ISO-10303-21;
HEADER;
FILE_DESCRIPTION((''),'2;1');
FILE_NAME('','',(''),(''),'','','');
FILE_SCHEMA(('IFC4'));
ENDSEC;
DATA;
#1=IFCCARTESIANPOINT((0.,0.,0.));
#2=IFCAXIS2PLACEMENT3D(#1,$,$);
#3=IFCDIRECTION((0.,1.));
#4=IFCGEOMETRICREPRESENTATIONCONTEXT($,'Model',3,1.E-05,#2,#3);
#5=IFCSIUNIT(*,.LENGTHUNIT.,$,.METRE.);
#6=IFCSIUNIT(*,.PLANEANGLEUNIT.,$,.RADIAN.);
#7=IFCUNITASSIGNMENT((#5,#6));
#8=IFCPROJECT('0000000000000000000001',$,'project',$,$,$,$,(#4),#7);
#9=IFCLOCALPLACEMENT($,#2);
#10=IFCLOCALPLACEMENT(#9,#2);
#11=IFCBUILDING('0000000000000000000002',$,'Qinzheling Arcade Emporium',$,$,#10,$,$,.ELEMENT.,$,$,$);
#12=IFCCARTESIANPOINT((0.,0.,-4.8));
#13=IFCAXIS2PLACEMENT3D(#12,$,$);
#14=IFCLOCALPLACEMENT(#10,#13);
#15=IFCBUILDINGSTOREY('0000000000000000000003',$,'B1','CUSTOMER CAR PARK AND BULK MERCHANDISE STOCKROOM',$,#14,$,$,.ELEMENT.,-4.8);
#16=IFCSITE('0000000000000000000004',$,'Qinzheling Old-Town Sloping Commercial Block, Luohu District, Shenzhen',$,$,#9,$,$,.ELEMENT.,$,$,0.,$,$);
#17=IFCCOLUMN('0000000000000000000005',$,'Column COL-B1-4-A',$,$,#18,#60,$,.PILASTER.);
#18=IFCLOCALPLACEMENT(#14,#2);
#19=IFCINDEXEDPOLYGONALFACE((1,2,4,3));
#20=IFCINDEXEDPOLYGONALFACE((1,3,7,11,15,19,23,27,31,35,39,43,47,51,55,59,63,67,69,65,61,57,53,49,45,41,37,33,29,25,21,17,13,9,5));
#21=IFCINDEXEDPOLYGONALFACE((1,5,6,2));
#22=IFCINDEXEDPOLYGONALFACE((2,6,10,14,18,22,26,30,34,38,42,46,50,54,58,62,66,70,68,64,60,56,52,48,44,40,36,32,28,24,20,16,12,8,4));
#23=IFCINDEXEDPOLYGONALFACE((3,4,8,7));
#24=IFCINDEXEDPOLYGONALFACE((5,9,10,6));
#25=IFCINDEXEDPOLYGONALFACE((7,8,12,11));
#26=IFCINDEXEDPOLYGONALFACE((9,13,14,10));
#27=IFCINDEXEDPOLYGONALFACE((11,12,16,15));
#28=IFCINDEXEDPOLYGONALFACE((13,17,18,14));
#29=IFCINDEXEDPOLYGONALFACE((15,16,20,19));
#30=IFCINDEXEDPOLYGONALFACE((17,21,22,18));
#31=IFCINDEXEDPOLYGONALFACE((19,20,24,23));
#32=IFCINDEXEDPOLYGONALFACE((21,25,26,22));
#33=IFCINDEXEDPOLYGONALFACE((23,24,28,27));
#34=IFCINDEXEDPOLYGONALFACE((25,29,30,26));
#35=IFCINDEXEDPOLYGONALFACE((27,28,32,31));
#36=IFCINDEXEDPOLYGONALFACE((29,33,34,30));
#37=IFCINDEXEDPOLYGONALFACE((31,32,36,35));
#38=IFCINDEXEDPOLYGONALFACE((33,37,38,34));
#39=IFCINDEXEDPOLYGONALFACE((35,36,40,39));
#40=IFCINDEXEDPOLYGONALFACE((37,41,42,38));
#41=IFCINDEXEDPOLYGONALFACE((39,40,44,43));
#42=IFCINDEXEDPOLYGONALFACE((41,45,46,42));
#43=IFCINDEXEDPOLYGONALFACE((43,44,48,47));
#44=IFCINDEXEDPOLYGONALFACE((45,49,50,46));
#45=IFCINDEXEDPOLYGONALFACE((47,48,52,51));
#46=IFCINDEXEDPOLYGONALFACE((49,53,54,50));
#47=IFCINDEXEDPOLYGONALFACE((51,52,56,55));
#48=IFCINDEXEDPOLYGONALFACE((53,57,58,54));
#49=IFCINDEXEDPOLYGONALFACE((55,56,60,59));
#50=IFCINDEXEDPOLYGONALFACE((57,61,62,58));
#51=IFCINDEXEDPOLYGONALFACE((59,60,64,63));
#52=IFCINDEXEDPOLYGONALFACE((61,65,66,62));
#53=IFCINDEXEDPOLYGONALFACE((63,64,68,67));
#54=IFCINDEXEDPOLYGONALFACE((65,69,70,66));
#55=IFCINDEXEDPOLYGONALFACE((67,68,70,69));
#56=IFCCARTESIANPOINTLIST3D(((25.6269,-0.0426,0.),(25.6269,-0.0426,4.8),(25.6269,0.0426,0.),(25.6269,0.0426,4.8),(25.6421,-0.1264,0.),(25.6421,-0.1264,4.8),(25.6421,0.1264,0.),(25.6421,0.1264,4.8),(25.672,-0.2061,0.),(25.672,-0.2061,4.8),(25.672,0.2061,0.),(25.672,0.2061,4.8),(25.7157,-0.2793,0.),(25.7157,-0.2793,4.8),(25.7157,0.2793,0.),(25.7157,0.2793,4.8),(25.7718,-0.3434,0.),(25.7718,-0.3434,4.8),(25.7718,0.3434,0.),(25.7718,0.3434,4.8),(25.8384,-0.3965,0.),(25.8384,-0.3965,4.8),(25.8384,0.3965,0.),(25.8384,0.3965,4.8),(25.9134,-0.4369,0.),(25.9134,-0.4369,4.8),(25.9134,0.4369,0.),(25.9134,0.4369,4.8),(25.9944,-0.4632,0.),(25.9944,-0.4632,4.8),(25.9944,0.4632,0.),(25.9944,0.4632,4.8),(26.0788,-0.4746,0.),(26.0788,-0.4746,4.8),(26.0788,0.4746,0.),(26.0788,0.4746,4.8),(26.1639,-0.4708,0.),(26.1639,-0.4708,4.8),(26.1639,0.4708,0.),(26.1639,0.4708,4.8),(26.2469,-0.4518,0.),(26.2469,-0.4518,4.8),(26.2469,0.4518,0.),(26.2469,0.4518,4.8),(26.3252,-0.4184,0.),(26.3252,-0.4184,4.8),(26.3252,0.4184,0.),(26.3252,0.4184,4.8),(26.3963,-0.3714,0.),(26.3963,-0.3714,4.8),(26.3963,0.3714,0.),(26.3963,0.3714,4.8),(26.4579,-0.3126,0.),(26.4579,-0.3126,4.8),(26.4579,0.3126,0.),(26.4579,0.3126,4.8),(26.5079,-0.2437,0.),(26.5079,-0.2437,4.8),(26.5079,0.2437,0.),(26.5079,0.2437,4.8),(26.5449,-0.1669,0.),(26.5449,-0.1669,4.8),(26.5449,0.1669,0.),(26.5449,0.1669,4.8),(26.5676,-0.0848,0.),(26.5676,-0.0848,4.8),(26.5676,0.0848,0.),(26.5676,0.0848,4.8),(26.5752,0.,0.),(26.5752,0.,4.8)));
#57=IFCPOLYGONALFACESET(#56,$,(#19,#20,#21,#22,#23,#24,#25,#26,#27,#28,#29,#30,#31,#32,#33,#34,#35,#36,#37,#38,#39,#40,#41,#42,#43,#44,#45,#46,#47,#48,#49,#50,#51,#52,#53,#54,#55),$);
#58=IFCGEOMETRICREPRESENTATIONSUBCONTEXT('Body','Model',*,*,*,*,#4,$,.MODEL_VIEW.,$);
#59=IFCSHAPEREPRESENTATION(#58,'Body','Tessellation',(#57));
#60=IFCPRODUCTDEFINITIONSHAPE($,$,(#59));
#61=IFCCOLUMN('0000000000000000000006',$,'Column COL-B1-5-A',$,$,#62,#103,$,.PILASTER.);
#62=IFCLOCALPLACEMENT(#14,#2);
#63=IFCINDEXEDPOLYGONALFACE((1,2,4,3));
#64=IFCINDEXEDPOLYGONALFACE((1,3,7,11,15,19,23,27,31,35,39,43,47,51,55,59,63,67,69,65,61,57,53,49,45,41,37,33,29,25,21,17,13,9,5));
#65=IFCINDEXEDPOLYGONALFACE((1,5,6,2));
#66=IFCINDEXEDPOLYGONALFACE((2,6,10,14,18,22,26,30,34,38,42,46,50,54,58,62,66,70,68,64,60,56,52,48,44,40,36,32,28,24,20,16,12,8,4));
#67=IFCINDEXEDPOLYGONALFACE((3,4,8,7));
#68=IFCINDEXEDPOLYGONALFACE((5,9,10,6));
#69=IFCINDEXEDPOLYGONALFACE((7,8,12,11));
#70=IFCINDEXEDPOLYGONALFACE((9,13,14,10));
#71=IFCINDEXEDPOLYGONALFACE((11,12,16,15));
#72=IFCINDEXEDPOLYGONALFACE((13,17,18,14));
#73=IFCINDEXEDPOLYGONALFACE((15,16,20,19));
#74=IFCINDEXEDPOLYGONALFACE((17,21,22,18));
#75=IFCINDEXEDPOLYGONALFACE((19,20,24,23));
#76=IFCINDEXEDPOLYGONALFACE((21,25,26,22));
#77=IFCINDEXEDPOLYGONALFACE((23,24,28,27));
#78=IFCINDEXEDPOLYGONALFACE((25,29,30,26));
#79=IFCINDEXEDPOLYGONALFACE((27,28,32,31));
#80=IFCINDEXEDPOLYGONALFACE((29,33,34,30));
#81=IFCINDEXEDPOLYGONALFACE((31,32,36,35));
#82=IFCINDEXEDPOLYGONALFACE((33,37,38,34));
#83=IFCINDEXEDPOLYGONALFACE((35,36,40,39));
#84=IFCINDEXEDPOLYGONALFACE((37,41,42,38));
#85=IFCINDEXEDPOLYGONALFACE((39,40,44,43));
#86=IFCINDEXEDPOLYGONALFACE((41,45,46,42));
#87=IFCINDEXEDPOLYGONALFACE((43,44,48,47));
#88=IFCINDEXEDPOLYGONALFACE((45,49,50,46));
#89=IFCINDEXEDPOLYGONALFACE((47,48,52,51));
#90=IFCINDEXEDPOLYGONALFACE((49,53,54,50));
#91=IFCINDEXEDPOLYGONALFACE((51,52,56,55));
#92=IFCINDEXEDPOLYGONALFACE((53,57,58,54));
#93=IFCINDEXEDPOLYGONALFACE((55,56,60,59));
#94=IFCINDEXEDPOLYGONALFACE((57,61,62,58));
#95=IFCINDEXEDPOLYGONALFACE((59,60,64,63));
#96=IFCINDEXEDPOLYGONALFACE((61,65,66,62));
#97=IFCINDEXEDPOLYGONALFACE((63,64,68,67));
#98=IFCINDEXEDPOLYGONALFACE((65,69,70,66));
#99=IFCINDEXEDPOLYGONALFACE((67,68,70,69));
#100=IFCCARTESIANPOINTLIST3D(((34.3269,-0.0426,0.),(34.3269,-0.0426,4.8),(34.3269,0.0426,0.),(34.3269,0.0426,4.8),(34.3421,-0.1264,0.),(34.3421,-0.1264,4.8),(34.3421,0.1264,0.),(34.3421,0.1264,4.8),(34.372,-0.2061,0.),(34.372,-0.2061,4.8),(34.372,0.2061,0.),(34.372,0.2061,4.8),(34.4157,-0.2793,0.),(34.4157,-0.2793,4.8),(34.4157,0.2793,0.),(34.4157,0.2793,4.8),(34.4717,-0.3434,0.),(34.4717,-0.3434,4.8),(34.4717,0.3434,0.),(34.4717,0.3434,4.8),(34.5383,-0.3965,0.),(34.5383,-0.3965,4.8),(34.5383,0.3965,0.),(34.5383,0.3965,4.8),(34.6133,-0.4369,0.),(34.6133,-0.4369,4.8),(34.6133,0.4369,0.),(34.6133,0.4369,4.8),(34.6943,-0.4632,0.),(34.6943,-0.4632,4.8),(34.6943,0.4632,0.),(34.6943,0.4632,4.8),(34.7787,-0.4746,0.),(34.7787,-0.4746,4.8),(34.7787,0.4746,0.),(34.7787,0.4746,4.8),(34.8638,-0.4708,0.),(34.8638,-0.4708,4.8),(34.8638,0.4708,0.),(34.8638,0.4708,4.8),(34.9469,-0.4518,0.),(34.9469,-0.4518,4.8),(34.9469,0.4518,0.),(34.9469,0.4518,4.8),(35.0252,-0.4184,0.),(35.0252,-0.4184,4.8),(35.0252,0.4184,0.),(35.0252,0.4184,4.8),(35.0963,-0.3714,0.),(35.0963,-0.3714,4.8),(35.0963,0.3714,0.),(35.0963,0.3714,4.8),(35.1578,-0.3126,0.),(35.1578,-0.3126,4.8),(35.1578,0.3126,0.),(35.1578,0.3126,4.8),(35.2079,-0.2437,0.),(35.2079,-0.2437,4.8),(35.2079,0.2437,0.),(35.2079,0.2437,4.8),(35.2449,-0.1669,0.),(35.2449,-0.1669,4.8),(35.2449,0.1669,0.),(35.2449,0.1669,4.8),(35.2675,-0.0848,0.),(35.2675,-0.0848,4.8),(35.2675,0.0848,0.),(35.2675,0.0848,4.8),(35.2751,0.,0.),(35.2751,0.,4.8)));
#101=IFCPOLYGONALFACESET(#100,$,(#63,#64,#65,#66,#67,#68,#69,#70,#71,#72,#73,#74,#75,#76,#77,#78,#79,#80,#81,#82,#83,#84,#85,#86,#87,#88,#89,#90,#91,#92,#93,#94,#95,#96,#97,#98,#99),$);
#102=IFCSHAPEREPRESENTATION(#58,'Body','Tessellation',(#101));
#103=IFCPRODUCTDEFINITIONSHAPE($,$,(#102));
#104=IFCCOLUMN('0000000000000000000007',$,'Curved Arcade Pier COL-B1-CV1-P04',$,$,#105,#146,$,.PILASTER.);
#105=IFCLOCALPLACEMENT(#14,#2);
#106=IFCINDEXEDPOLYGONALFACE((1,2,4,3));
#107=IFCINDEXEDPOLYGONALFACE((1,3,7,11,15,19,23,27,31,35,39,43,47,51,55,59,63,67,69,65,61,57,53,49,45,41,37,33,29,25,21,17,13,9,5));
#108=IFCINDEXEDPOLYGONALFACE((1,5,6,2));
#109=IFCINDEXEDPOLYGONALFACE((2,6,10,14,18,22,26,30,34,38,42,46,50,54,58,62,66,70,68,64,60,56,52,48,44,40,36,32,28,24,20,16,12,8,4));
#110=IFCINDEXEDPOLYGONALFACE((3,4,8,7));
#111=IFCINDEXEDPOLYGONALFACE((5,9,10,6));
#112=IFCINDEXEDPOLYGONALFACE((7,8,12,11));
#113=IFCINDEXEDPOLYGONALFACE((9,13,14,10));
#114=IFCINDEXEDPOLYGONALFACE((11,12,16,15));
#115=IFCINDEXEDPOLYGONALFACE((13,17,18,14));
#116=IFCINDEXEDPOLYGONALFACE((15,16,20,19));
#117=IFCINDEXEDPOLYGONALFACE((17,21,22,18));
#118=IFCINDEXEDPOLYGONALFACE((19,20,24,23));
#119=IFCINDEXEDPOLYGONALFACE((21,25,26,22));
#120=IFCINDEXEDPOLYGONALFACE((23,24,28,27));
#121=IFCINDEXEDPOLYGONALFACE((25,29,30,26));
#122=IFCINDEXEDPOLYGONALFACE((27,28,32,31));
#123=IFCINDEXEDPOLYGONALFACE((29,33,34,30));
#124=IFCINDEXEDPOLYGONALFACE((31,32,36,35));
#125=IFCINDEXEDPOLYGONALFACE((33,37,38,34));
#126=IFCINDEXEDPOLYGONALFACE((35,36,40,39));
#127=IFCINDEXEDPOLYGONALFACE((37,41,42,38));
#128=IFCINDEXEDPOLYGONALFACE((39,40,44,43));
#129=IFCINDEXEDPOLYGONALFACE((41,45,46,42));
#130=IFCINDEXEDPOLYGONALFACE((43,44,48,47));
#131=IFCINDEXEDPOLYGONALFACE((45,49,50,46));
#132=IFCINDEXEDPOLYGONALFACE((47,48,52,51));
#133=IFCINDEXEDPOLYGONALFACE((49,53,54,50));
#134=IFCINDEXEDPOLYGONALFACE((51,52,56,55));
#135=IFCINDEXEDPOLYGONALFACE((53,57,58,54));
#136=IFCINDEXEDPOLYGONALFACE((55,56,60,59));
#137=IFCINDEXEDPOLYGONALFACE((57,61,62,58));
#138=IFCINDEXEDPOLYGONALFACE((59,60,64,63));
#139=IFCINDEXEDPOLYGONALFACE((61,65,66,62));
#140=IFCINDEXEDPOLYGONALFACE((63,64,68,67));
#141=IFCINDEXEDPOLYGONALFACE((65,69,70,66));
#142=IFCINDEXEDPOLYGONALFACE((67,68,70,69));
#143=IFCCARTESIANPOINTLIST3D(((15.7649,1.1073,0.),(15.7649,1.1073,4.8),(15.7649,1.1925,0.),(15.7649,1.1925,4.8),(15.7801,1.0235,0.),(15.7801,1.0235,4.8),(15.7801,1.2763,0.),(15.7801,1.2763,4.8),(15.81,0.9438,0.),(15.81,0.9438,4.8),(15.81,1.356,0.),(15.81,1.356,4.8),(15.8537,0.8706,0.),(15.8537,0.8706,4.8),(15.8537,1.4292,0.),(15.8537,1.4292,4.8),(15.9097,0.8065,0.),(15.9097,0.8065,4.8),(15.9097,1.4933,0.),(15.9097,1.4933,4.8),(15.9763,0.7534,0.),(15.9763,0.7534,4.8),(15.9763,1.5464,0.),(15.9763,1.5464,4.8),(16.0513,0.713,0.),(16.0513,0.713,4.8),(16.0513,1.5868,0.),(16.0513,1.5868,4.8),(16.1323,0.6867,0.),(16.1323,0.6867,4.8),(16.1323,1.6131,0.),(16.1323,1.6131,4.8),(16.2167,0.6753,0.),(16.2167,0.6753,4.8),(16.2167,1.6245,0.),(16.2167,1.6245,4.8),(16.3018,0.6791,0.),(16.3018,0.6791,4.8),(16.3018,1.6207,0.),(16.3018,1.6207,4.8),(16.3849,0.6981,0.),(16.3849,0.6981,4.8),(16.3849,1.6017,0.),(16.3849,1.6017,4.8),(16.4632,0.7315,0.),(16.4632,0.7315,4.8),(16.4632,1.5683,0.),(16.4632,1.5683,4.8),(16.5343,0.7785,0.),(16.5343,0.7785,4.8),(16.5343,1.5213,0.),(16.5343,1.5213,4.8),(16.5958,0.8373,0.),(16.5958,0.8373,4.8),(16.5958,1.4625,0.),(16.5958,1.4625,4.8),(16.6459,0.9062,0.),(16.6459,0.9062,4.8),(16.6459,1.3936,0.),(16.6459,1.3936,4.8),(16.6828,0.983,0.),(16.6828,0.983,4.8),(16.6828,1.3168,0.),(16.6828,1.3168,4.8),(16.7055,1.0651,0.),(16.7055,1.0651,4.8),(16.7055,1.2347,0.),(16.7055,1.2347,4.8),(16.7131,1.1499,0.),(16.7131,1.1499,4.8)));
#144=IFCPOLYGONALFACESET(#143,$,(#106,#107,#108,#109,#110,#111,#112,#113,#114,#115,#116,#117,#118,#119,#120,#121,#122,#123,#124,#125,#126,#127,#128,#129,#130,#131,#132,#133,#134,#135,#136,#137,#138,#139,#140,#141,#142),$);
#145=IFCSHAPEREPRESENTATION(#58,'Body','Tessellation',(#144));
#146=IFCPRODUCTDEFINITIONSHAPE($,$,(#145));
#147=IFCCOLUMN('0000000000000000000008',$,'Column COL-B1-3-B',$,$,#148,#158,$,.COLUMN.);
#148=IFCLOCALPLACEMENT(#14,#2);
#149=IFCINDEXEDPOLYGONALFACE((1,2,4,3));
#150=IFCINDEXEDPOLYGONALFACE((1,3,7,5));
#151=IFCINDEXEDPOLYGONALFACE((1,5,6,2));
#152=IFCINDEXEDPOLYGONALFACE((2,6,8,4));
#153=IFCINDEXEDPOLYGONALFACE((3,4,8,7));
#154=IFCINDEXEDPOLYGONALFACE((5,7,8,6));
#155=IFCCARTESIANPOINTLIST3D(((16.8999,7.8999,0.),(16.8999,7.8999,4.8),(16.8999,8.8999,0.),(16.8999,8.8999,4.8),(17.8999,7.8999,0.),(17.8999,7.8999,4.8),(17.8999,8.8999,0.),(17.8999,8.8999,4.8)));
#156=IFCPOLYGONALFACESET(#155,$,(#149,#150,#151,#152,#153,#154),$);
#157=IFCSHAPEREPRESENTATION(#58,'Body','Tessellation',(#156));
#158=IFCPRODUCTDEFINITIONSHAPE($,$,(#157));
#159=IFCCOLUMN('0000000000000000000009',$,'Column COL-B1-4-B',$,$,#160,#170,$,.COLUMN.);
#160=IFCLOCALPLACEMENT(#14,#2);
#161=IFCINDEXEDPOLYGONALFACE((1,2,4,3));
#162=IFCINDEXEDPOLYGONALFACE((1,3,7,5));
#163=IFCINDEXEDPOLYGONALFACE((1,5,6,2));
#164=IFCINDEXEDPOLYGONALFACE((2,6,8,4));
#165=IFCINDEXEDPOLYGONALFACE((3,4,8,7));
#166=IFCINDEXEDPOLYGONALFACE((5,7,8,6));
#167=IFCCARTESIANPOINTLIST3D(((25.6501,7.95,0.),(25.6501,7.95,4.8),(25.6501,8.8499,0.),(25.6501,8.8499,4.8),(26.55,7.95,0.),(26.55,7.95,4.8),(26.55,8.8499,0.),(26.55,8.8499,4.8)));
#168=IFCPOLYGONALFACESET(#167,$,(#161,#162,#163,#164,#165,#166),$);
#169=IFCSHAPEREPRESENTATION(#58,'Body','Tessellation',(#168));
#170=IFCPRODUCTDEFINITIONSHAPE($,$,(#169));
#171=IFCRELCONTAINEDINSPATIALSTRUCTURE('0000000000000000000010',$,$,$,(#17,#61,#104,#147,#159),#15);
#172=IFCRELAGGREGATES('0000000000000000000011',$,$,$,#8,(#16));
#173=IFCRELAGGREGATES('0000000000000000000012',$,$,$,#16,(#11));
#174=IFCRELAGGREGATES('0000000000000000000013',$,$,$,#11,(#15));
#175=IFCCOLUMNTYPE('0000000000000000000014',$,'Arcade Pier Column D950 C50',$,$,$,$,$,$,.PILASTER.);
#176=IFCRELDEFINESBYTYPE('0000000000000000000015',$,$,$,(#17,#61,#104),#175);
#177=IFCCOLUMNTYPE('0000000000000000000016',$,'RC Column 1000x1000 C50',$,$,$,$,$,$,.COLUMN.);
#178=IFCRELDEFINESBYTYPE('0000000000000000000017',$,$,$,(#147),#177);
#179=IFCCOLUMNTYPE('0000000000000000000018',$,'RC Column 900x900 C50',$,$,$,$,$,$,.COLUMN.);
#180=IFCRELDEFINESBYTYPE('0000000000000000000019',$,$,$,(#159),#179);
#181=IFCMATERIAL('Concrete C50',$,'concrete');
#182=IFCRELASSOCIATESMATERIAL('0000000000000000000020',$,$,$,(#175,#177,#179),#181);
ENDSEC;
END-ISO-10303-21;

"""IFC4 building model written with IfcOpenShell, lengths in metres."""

from ifc_helpers import new_model, si_unit, direction, frame, origin, origin_2d, place, context, subcontext, project, spatial, rectangle, circle, extrude, material, material_profile, profile_set, type_object, element, save


model = new_model("IFC4")

# Units and contexts
model_context = context("Model", 3, precision=1e-05, world=origin(), true_north=direction((0.0, 1.0)))
body_context = subcontext(model_context, "Body", "Model", "MODEL_VIEW")
ifc_project = project(units=[si_unit("LENGTHUNIT", "METRE"), si_unit("PLANEANGLEUNIT", "RADIAN")], contexts=[model_context])

# Site, building, storey
site_placement = place(None, origin())
site = spatial("IfcSite", under=ifc_project, at=site_placement, Name="Qinzheling Old-Town Sloping Commercial Block, Luohu District, Shenzhen", CompositionType="ELEMENT", RefElevation=0.0)
building_placement = place(site_placement, origin())
building = spatial("IfcBuilding", under=site, at=building_placement, Name="Qinzheling Arcade Emporium", CompositionType="ELEMENT")
storey_placement = place(building_placement, frame((0.0, 0.0, -4.8)))
storey = spatial("IfcBuildingStorey", under=building, at=storey_placement, Name="B1", Description="CUSTOMER CAR PARK AND BULK MERCHANDISE STOCKROOM", CompositionType="ELEMENT", Elevation=-4.8)

# Columns
ifc_material_1 = material(Name="Concrete C50", Category="concrete")
ifc_material_profile_1 = material_profile(ifc_material_1, circle(Radius=0.4751, at=origin_2d()), Name="RC D950", Category="concrete")
ifc_profile_set_1 = profile_set([ifc_material_profile_1], Name="Concrete C50")
column_type_1 = type_object("IfcColumnType", Name="Arcade Pier Column D950 C50", PredefinedType="PILASTER", material=ifc_profile_set_1)
for number, where, z_axis, x_axis, name in (
    (1, (26.1001, 0.0, 0.0), (0.0, 0.0, 1.0), (1.0, 0.0, 0.0), "Column COL-B1-4-A"),
    (2, (34.8, 0.0, 0.0), (0.0, 0.0, 1.0), (1.0, 0.0, 0.0), "Column COL-B1-5-A"),
    (3, (16.238, 1.1499, 0.0), (0.0, 0.0, 1.0), (1.0, 0.0, 0.0), "Curved Arcade Pier COL-B1-CV1-P04"),
):
    element("IfcColumn", number, at=place(storey_placement, frame(where, z_axis=z_axis, x_axis=x_axis)), inside=storey, type_object=column_type_1, Name=name, PredefinedType="PILASTER", context=body_context, shape_type="SweptSolid", body=[
        extrude(circle(Radius=0.4751, at=origin_2d()), origin(), (0.0, 0.0, 1.0), 4.8),
    ])
ifc_material_profile_2 = material_profile(ifc_material_1, rectangle(XDim=1.0, YDim=1.0, at=origin_2d()), Name="RC 1000x1000", Category="concrete")
ifc_profile_set_2 = profile_set([ifc_material_profile_2], Name="Concrete C50")
column_type_2 = type_object("IfcColumnType", Name="RC Column 1000x1000 C50", PredefinedType="COLUMN", material=ifc_profile_set_2)
column_1_placement = place(storey_placement, frame((17.3999, 8.3999, 0.0), z_axis=(0.0, 0.0, 1.0), x_axis=(1.0, 0.0, 0.0)))
element("IfcColumn", 4, at=column_1_placement, inside=storey, type_object=column_type_2, Name="Column COL-B1-3-B", PredefinedType="COLUMN", context=body_context, shape_type="SweptSolid", body=[
    extrude(rectangle(XDim=1.0, YDim=1.0, at=origin_2d()), origin(), (0.0, 0.0, 1.0), 4.8),
])
ifc_material_profile_3 = material_profile(ifc_material_1, rectangle(XDim=0.8999, YDim=0.8999, at=origin_2d()), Name="RC 900x900", Category="concrete")
ifc_profile_set_3 = profile_set([ifc_material_profile_3], Name="Concrete C50")
column_type_3 = type_object("IfcColumnType", Name="RC Column 900x900 C50", PredefinedType="COLUMN", material=ifc_profile_set_3)
column_2_placement = place(storey_placement, frame((26.1001, 8.3999, 0.0), z_axis=(0.0, 0.0, 1.0), x_axis=(1.0, 0.0, 0.0)))
element("IfcColumn", 5, at=column_2_placement, inside=storey, type_object=column_type_3, Name="Column COL-B1-4-B", PredefinedType="COLUMN", context=body_context, shape_type="SweptSolid", body=[
    extrude(rectangle(XDim=0.8999, YDim=0.8999, at=origin_2d()), origin(), (0.0, 0.0, 1.0), 4.8),
])

save(model, "model.ifc")
